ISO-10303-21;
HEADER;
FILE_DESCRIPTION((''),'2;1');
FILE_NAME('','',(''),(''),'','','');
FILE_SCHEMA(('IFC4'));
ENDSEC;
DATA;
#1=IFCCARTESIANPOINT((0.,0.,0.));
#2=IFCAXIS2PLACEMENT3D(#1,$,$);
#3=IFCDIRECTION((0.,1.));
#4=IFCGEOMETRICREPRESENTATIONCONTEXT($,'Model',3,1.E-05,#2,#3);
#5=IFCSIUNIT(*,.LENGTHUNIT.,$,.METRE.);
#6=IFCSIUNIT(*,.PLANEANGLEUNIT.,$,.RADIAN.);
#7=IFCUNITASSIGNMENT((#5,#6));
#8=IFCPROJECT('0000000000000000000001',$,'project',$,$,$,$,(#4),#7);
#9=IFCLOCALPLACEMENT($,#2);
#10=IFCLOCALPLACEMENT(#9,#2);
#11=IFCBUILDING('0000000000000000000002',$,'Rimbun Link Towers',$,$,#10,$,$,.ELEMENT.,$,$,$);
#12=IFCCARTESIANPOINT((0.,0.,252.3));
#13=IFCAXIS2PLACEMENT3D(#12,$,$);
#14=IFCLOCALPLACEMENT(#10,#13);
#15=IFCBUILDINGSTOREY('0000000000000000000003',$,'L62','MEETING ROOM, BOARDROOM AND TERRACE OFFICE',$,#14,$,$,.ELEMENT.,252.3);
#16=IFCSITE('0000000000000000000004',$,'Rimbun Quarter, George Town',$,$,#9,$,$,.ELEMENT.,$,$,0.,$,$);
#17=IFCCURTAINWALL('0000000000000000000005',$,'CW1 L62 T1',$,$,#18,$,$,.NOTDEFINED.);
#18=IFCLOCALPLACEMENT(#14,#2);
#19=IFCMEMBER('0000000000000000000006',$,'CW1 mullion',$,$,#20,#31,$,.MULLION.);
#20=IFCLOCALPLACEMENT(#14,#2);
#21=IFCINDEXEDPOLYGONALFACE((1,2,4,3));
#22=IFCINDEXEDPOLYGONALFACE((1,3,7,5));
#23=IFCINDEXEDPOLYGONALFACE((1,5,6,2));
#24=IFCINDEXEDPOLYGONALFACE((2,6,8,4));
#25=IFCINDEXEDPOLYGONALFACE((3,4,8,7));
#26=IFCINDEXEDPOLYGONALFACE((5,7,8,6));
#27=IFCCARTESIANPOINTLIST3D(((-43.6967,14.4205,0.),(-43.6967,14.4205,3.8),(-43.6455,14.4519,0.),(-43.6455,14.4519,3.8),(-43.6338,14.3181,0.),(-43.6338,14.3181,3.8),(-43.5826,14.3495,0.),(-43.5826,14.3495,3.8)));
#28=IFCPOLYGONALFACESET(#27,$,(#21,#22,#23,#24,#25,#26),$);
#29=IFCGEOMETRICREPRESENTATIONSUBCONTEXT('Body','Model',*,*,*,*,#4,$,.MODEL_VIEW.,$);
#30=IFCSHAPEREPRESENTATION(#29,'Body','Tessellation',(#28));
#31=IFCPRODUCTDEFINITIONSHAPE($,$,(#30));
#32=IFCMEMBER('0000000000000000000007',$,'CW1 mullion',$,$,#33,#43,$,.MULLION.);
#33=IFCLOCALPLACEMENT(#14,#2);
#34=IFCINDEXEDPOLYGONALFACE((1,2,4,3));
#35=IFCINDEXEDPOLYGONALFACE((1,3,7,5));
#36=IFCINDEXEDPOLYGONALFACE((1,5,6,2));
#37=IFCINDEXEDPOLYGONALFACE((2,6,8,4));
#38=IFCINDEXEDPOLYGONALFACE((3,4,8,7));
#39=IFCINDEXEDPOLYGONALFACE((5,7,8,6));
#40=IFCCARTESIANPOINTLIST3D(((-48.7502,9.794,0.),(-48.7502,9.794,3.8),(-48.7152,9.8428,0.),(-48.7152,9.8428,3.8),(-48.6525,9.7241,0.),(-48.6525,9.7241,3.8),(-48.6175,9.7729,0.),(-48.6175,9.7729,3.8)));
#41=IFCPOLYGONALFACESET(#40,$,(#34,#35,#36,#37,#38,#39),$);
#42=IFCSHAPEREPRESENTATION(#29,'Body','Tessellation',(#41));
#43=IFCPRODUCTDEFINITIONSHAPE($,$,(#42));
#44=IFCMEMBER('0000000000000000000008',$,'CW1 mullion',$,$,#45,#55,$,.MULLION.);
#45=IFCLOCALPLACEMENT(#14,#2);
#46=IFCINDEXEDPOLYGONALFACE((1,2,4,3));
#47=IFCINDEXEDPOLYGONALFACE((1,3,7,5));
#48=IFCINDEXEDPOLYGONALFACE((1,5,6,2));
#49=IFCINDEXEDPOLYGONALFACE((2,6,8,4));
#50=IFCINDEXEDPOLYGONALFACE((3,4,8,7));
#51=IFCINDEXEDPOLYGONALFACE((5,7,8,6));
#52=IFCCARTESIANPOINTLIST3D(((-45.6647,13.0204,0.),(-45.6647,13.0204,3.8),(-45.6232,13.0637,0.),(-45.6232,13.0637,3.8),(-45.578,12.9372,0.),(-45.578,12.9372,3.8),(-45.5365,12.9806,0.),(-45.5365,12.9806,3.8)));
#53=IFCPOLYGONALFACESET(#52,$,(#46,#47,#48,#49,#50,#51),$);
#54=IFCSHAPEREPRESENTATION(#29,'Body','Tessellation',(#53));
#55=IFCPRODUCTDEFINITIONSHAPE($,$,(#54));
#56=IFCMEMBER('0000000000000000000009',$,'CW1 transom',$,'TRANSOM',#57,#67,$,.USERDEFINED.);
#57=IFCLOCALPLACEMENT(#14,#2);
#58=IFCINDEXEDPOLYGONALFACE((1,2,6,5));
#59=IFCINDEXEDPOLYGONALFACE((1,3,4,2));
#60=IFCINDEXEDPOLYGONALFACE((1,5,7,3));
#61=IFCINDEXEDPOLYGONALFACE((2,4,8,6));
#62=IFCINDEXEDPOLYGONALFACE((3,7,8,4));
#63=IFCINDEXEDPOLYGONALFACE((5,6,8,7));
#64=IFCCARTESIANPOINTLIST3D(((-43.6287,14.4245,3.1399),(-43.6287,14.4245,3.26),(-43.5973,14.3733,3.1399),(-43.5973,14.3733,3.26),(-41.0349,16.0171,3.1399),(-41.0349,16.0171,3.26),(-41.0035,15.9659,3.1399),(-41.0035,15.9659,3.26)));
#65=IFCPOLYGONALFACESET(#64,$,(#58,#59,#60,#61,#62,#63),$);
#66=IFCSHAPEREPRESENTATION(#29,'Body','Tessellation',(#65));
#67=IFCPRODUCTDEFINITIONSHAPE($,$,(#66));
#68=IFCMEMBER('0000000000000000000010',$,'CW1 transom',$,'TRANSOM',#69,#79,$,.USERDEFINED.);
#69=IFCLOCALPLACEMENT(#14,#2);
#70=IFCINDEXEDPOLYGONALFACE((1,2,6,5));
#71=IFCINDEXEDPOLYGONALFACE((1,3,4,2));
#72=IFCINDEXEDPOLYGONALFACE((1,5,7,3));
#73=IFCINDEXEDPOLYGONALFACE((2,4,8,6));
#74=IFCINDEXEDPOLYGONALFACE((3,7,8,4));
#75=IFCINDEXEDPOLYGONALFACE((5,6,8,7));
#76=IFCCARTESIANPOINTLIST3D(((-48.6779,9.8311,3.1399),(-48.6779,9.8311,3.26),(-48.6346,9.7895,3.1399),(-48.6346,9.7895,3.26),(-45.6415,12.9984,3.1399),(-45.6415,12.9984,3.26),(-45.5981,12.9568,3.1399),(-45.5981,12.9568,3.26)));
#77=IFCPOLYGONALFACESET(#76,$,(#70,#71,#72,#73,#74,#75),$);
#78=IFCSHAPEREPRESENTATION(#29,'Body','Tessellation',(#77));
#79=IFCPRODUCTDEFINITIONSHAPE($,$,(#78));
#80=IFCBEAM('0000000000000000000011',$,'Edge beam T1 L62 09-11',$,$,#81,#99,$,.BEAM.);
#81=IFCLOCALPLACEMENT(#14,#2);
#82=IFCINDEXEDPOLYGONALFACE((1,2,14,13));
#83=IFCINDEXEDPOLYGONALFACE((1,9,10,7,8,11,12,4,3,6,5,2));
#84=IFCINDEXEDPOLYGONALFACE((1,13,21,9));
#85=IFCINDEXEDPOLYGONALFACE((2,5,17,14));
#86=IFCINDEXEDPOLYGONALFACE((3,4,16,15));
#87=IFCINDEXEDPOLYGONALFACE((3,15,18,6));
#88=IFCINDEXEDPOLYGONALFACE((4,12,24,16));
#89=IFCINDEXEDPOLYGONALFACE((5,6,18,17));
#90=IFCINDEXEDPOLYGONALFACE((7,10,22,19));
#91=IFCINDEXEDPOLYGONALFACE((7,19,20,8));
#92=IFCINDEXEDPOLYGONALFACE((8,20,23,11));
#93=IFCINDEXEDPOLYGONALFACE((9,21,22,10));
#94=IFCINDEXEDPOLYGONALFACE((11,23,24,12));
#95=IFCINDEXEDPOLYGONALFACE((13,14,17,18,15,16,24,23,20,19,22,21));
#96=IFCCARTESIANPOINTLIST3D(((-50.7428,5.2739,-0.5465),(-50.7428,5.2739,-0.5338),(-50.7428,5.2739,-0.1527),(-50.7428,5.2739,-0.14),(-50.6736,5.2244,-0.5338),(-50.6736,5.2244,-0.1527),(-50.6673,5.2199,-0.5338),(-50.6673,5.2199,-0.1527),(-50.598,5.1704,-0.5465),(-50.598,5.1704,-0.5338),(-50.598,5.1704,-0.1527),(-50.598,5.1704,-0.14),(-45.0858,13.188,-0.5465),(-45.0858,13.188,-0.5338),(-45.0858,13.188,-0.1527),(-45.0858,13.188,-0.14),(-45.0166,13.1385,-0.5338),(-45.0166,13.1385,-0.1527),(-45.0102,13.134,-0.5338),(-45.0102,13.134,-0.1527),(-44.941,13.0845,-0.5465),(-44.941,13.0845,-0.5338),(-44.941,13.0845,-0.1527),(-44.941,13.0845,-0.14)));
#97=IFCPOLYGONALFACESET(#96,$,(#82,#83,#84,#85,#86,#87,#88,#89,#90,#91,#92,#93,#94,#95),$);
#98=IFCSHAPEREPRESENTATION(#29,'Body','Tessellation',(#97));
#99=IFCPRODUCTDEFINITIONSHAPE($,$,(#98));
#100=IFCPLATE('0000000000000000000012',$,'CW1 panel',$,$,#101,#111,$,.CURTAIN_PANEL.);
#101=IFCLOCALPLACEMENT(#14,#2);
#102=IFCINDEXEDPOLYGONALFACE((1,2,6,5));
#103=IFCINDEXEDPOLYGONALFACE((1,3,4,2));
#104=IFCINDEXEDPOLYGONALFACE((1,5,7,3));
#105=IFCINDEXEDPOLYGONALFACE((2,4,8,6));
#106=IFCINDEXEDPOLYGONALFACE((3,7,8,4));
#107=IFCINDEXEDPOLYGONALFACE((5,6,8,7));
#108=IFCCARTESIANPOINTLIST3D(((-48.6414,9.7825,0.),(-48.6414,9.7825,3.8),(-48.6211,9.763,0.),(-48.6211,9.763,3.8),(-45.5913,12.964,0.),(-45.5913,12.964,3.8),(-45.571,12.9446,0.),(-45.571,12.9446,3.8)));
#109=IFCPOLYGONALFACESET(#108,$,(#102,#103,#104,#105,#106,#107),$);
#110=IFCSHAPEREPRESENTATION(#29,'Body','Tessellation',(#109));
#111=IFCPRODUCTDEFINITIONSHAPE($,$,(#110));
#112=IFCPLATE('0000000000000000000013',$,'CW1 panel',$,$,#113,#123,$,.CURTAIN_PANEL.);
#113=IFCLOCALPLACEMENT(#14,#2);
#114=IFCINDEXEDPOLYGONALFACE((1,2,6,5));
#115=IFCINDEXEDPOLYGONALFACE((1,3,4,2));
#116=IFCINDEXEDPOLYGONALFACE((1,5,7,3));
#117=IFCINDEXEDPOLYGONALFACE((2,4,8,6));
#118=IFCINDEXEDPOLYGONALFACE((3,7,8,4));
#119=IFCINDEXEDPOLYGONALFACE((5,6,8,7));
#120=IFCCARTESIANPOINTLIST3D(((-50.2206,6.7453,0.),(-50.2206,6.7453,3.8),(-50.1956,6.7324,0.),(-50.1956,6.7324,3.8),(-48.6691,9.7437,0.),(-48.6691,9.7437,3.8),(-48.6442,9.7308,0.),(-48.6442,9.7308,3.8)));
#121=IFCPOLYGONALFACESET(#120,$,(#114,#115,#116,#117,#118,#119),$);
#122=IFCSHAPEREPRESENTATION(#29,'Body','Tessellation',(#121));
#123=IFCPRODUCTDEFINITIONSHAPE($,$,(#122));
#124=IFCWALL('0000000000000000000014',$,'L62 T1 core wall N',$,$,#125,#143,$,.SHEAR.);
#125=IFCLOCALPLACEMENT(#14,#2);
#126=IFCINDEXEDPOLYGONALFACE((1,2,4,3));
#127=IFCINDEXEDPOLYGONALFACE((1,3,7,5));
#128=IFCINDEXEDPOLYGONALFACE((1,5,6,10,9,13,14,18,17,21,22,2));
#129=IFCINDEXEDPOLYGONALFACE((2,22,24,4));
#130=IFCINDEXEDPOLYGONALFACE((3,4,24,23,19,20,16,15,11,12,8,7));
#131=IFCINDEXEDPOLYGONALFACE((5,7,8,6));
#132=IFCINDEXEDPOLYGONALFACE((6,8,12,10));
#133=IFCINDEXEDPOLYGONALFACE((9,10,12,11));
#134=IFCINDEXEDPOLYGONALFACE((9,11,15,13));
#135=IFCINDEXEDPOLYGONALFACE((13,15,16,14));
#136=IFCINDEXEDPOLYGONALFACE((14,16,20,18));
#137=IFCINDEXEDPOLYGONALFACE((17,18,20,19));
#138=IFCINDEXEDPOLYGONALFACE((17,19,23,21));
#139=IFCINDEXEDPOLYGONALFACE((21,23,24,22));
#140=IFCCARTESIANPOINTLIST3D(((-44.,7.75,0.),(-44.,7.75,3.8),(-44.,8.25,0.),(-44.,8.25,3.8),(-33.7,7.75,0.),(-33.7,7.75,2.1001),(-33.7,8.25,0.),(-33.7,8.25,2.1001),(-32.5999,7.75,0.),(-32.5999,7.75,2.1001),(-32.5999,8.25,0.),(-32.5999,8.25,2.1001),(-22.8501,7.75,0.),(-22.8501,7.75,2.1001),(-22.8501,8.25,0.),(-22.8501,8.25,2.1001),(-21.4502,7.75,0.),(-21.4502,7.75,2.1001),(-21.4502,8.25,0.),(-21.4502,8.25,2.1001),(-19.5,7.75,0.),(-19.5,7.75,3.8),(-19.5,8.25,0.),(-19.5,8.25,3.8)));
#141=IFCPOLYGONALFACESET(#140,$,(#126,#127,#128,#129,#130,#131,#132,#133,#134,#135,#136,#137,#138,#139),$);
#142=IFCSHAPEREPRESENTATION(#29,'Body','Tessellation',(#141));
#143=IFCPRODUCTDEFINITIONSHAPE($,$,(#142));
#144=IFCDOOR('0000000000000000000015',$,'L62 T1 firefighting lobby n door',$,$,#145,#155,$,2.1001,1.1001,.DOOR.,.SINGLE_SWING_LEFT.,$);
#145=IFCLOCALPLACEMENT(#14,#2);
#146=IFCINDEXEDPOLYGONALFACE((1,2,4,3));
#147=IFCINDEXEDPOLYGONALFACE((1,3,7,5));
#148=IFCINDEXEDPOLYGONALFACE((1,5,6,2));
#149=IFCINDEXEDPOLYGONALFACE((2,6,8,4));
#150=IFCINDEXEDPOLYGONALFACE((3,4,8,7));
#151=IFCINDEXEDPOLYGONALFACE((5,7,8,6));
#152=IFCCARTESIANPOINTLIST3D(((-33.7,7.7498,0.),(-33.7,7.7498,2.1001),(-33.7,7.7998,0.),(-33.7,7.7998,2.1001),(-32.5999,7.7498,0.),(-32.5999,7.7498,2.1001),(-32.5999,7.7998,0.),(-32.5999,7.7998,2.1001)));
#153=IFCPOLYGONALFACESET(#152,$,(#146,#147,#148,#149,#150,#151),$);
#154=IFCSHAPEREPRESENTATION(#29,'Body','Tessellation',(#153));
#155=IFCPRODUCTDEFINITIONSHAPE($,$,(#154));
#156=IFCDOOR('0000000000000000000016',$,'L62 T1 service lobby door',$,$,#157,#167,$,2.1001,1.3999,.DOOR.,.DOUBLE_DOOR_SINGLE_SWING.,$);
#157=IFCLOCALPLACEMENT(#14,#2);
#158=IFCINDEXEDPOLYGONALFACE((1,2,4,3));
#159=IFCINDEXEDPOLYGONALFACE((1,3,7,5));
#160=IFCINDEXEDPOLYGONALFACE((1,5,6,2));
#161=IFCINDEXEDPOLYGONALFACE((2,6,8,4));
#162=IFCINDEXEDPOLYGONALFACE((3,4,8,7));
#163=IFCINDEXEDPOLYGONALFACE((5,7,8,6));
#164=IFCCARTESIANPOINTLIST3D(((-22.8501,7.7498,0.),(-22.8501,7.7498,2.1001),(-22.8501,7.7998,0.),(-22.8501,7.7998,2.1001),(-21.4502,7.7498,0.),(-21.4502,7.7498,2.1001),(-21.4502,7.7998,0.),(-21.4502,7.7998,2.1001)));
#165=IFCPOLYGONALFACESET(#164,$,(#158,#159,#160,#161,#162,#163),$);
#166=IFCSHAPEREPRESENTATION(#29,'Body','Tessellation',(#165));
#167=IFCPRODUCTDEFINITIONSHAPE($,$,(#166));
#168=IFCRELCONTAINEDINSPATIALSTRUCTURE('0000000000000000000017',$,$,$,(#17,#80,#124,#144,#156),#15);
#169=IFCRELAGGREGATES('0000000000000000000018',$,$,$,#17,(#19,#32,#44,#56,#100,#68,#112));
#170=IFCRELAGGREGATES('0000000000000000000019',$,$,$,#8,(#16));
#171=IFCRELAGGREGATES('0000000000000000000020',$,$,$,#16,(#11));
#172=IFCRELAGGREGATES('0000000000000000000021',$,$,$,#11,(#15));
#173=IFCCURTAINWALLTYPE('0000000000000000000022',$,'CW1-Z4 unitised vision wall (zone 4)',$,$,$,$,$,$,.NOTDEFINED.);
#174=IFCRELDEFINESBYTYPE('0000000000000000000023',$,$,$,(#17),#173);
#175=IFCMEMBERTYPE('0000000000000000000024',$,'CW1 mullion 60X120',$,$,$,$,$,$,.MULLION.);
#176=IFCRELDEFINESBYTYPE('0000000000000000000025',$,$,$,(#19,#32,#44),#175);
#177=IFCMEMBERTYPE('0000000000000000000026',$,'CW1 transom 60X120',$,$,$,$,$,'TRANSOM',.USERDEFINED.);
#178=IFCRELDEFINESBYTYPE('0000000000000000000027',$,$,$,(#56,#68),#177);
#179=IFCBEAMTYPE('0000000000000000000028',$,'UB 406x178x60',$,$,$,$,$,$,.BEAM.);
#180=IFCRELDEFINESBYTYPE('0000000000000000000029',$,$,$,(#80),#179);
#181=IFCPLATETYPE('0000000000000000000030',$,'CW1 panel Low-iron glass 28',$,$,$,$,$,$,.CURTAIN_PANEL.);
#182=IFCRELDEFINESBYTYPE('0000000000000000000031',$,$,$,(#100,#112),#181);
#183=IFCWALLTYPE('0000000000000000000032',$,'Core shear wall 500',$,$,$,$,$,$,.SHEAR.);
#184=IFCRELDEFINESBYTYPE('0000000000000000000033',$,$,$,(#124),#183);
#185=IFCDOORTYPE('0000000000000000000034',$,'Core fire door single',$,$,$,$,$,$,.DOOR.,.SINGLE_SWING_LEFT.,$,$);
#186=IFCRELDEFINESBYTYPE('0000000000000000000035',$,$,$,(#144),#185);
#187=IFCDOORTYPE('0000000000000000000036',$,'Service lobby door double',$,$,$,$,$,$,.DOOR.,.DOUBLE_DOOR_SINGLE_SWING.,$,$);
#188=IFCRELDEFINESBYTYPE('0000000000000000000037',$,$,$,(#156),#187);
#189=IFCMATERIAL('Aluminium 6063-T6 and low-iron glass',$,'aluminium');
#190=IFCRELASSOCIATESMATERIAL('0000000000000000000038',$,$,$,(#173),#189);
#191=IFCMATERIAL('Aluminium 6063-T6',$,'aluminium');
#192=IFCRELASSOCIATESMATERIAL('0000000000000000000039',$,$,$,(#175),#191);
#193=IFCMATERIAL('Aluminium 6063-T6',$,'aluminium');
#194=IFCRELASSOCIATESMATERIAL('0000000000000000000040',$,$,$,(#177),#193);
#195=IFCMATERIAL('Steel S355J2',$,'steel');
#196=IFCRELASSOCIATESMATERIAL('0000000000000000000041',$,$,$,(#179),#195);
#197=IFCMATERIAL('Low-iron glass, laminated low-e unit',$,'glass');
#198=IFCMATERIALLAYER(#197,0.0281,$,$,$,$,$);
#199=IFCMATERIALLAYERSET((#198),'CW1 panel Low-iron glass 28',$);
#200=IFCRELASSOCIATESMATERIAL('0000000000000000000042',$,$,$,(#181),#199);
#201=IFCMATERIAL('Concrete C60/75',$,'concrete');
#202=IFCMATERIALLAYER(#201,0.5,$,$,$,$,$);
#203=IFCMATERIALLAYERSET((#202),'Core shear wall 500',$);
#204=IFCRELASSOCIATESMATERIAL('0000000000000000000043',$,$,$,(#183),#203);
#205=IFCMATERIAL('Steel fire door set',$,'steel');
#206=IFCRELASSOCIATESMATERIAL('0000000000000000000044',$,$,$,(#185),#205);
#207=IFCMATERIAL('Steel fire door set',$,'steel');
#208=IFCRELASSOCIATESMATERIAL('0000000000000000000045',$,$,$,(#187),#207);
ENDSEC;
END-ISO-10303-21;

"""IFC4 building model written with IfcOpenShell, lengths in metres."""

from ifc_helpers import new_model, si_unit, direction, frame, frame_2d, origin, origin_2d, place, context, subcontext, project, spatial, rectangle, i_section, extrude, material, layer, layer_set, material_profile, profile_set, type_object, element, fill, aggregate, save


model = new_model("IFC4")

# Units and contexts
model_context = context("Model", 3, precision=1e-05, world=origin(), true_north=direction((0.0, 1.0)))
body_context = subcontext(model_context, "Body", "Model", "MODEL_VIEW")
ifc_project = project(units=[si_unit("LENGTHUNIT", "METRE"), si_unit("PLANEANGLEUNIT", "RADIAN")], contexts=[model_context])

# Site, building, storey
site_placement = place(None, origin())
site = spatial("IfcSite", under=ifc_project, at=site_placement, Name="Rimbun Quarter, George Town", CompositionType="ELEMENT", RefElevation=0.0)
building_placement = place(site_placement, origin())
building = spatial("IfcBuilding", under=site, at=building_placement, Name="Rimbun Link Towers", CompositionType="ELEMENT")
storey_placement = place(building_placement, frame((0.0, 0.0, 252.3)))
storey = spatial("IfcBuildingStorey", under=building, at=storey_placement, Name="L62", Description="MEETING ROOM, BOARDROOM AND TERRACE OFFICE", CompositionType="ELEMENT", Elevation=252.3)

# Curtain wall, members
ifc_material_1 = material(Name="Aluminium 6063-T6 and low-iron glass", Category="aluminium")
curtain_wall_type = type_object("IfcCurtainWallType", Name="CW1-Z4 unitised vision wall (zone 4)", PredefinedType="NOTDEFINED", material=ifc_material_1)
curtain_wall_placement = place(storey_placement, origin())
curtain_wall = element("IfcCurtainWall", 1, at=curtain_wall_placement, inside=storey, type_object=curtain_wall_type, Name="CW1 L62 T1", PredefinedType="NOTDEFINED")
ifc_material_2 = material(Name="Aluminium 6063-T6", Category="aluminium")
ifc_material_profile_1 = material_profile(ifc_material_2, rectangle(XDim=0.1201, YDim=0.0601, at=origin_2d()), Name="MULLION 60X120")
ifc_profile_set_1 = profile_set([ifc_material_profile_1], Name="Aluminium 6063-T6")
member_type_1 = type_object("IfcMemberType", Name="CW1 mullion 60X120", PredefinedType="MULLION", material=ifc_profile_set_1)
member_1_placement = place(storey_placement, frame((-43.6396, 14.385, 0.0), z_axis=(0.0, 0.0, 1.0), x_axis=(-0.523229, 0.852192, 0.0)))
member_1 = element("IfcMember", 2, at=member_1_placement, type_object=member_type_1, Name="CW1 mullion", PredefinedType="MULLION", context=body_context, shape_type="SweptSolid", body=[
    extrude(rectangle(XDim=0.1201, YDim=0.0601, at=origin_2d()), origin(), (0.0, 0.0, 1.0), 3.8),
])
member_2_placement = place(storey_placement, frame((-48.6838, 9.7834, 0.0), z_axis=(0.0, 0.0, 1.0), x_axis=(-0.813354, 0.581769, 0.0)))
member_2 = element("IfcMember", 3, at=member_2_placement, type_object=member_type_1, Name="CW1 mullion", PredefinedType="MULLION", context=body_context, shape_type="SweptSolid", body=[
    extrude(rectangle(XDim=0.1201, YDim=0.0601, at=origin_2d()), origin(), (0.0, 0.0, 1.0), 3.8),
])
member_3_placement = place(storey_placement, frame((-45.6006, 13.0005, 0.0), z_axis=(0.0, 0.0, 1.0), x_axis=(-0.721858, 0.692041, 0.0)))
member_3 = element("IfcMember", 4, at=member_3_placement, type_object=member_type_1, Name="CW1 mullion", PredefinedType="MULLION", context=body_context, shape_type="SweptSolid", body=[
    extrude(rectangle(XDim=0.1201, YDim=0.0601, at=origin_2d()), origin(), (0.0, 0.0, 1.0), 3.8),
])
ifc_material_3 = material(Name="Aluminium 6063-T6", Category="aluminium")
ifc_material_profile_2 = material_profile(ifc_material_3, rectangle(XDim=0.0601, YDim=0.1201, at=origin_2d()), Name="TRANSOM 60X120")
ifc_profile_set_2 = profile_set([ifc_material_profile_2], Name="Aluminium 6063-T6")
member_type_2 = type_object("IfcMemberType", Name="CW1 transom 60X120", ElementType="TRANSOM", PredefinedType="USERDEFINED", material=ifc_profile_set_2)
member_4_placement = place(storey_placement, frame((-43.613, 14.3989, 3.2), z_axis=(0.852189, 0.523233, 0.0), x_axis=(-0.523233, 0.852189, 0.0)))
member_4 = element("IfcMember", 5, at=member_4_placement, type_object=member_type_2, Name="CW1 transom", ObjectType="TRANSOM", PredefinedType="USERDEFINED", context=body_context, shape_type="SweptSolid", body=[
    extrude(rectangle(XDim=0.0601, YDim=0.1201, at=origin_2d()), origin(), (0.0, 0.0, 1.0), 3.0437),
])
member_5_placement = place(storey_placement, frame((-48.6562, 9.8103, 3.2), z_axis=(0.692037, 0.721862, 0.0), x_axis=(-0.721862, 0.692037, 0.0)))
member_5 = element("IfcMember", 6, at=member_5_placement, type_object=member_type_2, Name="CW1 transom", ObjectType="TRANSOM", PredefinedType="USERDEFINED", context=body_context, shape_type="SweptSolid", body=[
    extrude(rectangle(XDim=0.0601, YDim=0.1201, at=origin_2d()), origin(), (0.0, 0.0, 1.0), 4.3877),
])

# Beam
ifc_material_4 = material(Name="Steel S355J2", Category="steel")
ifc_material_profile_3 = material_profile(ifc_material_4, i_section(OverallWidth=0.178, OverallDepth=0.4065, WebThickness=0.0078, FlangeThickness=0.0127, at=origin_2d()), Name="UB 406x178x60")
ifc_profile_set_3 = profile_set([ifc_material_profile_3], Name="Steel S355J2")
beam_type = type_object("IfcBeamType", Name="UB 406x178x60", PredefinedType="BEAM", material=ifc_profile_set_3)
beam_placement = place(storey_placement, frame((-45.0134, 13.1362, -0.3433), z_axis=(-0.581516, -0.813535, 0.0), x_axis=(0.813535, -0.581516, 0.0)))
element("IfcBeam", 7, at=beam_placement, inside=storey, type_object=beam_type, Name="Edge beam T1 L62 09-11", PredefinedType="BEAM", context=body_context, shape_type="SweptSolid", body=[
    extrude(i_section(OverallWidth=0.178, OverallDepth=0.4065, WebThickness=0.0078, FlangeThickness=0.0127, at=origin_2d()), origin(), (0.0, 0.0, 1.0), 9.728),
])

# Plates
ifc_material_5 = material(Name="Low-iron glass, laminated low-e unit", Category="glass")
ifc_layer_1 = layer(ifc_material_5, 0.0281)
ifc_layer_set_1 = layer_set([ifc_layer_1], Name="CW1 panel Low-iron glass 28")
plate_type = type_object("IfcPlateType", Name="CW1 panel Low-iron glass 28", PredefinedType="CURTAIN_PANEL", material=ifc_layer_set_1)
plate_1_placement = place(storey_placement, frame((-47.1062, 11.3635, 0.0), z_axis=(0.0, 0.0, 1.0), x_axis=(0.692041, 0.721858, 0.0)))
plate_1 = element("IfcPlate", 8, at=plate_1_placement, type_object=plate_type, Name="CW1 panel", PredefinedType="CURTAIN_PANEL", context=body_context, shape_type="SweptSolid", body=[
    extrude(rectangle(XDim=4.4075, YDim=0.0281, at=origin_2d()), origin(), (0.0, 0.0, 1.0), 3.8),
])
plate_2_placement = place(storey_placement, frame((-49.4324, 8.238, 0.0), z_axis=(0.0, 0.0, 1.0), x_axis=(0.459552, 0.888151, 0.0)))
plate_2 = element("IfcPlate", 9, at=plate_2_placement, type_object=plate_type, Name="CW1 panel", PredefinedType="CURTAIN_PANEL", context=body_context, shape_type="SweptSolid", body=[
    extrude(rectangle(XDim=3.376, YDim=0.0281, at=origin_2d()), origin(), (0.0, 0.0, 1.0), 3.8),
])
aggregate(curtain_wall, [member_1, member_2, member_3, member_4, plate_1, member_5, plate_2])

# Wall, openings, doors
ifc_material_6 = material(Name="Concrete C60/75", Category="concrete")
ifc_layer_2 = layer(ifc_material_6, 0.5)
ifc_layer_set_2 = layer_set([ifc_layer_2], Name="Core shear wall 500")
wall_type_1 = type_object("IfcWallType", Name="Core shear wall 500", PredefinedType="SHEAR", material=ifc_layer_set_2)
wall_1_placement = place(storey_placement, frame((-44.0, 8.0, 0.0), z_axis=(0.0, 0.0, 1.0), x_axis=(1.0, 0.0, 0.0)))
wall_1 = element("IfcWall", 10, at=wall_1_placement, inside=storey, type_object=wall_type_1, Name="L62 T1 core wall N", PredefinedType="SHEAR", context=body_context, shape_type="SweptSolid", body=[
    extrude(rectangle(XDim=24.5, YDim=0.5, at=frame_2d((12.25, 0.0))), origin(), (0.0, 0.0, 1.0), 3.8),
])
opening_1_placement = place(wall_1_placement, frame((10.3, 0.0, 0.0)))
opening_1 = element("IfcOpeningElement", 11, at=opening_1_placement, cuts=wall_1, PredefinedType="OPENING", context=body_context, shape_type="SweptSolid", body=[
    extrude(rectangle(XDim=1.1001, YDim=2.1001, at=frame_2d((0.55, 1.05))), frame((0.0, 0.26, 0.0), z_axis=(0.0, -1.0, 0.0), x_axis=(1.0, 0.0, 0.0)), (0.0, 0.0, 1.0), 0.52),
])
opening_2_placement = place(wall_1_placement, frame((21.1499, 0.0, 0.0)))
opening_2 = element("IfcOpeningElement", 12, at=opening_2_placement, cuts=wall_1, PredefinedType="OPENING", context=body_context, shape_type="SweptSolid", body=[
    extrude(rectangle(XDim=1.3999, YDim=2.1001, at=frame_2d((0.7, 1.05))), frame((0.0, 0.26, 0.0), z_axis=(0.0, -1.0, 0.0), x_axis=(1.0, 0.0, 0.0)), (0.0, 0.0, 1.0), 0.52),
])
ifc_material_7 = material(Name="Steel fire door set", Category="steel")
door_type_1 = type_object("IfcDoorType", Name="Core fire door single", OperationType="SINGLE_SWING_LEFT", PredefinedType="DOOR", material=ifc_material_7)
door_1_placement = place(opening_1_placement, origin())
door_1 = element("IfcDoor", 13, at=door_1_placement, inside=storey, type_object=door_type_1, Name="L62 T1 firefighting lobby n door", OperationType="SINGLE_SWING_LEFT", OverallHeight=2.1001, OverallWidth=1.1001, PredefinedType="DOOR", context=body_context, shape_type="SweptSolid", body=[
    extrude(rectangle(XDim=1.1001, YDim=2.1001, at=frame_2d((0.55, 1.05))), frame((0.0, -0.2002, 0.0), z_axis=(0.0, -1.0, 0.0), x_axis=(1.0, 0.0, 0.0)), (0.0, 0.0, 1.0), 0.05),
])
fill(opening_1, door_1)
ifc_material_8 = material(Name="Steel fire door set", Category="steel")
door_type_2 = type_object("IfcDoorType", Name="Service lobby door double", OperationType="DOUBLE_DOOR_SINGLE_SWING", PredefinedType="DOOR", material=ifc_material_8)
door_2_placement = place(opening_2_placement, origin())
door_2 = element("IfcDoor", 14, at=door_2_placement, inside=storey, type_object=door_type_2, Name="L62 T1 service lobby door", OperationType="DOUBLE_DOOR_SINGLE_SWING", OverallHeight=2.1001, OverallWidth=1.3999, PredefinedType="DOOR", context=body_context, shape_type="SweptSolid", body=[
    extrude(rectangle(XDim=1.3999, YDim=2.1001, at=frame_2d((0.7, 1.05))), frame((0.0, -0.2002, 0.0), z_axis=(0.0, -1.0, 0.0), x_axis=(1.0, 0.0, 0.0)), (0.0, 0.0, 1.0), 0.05),
])
fill(opening_2, door_2)

save(model, "model.ifc")
